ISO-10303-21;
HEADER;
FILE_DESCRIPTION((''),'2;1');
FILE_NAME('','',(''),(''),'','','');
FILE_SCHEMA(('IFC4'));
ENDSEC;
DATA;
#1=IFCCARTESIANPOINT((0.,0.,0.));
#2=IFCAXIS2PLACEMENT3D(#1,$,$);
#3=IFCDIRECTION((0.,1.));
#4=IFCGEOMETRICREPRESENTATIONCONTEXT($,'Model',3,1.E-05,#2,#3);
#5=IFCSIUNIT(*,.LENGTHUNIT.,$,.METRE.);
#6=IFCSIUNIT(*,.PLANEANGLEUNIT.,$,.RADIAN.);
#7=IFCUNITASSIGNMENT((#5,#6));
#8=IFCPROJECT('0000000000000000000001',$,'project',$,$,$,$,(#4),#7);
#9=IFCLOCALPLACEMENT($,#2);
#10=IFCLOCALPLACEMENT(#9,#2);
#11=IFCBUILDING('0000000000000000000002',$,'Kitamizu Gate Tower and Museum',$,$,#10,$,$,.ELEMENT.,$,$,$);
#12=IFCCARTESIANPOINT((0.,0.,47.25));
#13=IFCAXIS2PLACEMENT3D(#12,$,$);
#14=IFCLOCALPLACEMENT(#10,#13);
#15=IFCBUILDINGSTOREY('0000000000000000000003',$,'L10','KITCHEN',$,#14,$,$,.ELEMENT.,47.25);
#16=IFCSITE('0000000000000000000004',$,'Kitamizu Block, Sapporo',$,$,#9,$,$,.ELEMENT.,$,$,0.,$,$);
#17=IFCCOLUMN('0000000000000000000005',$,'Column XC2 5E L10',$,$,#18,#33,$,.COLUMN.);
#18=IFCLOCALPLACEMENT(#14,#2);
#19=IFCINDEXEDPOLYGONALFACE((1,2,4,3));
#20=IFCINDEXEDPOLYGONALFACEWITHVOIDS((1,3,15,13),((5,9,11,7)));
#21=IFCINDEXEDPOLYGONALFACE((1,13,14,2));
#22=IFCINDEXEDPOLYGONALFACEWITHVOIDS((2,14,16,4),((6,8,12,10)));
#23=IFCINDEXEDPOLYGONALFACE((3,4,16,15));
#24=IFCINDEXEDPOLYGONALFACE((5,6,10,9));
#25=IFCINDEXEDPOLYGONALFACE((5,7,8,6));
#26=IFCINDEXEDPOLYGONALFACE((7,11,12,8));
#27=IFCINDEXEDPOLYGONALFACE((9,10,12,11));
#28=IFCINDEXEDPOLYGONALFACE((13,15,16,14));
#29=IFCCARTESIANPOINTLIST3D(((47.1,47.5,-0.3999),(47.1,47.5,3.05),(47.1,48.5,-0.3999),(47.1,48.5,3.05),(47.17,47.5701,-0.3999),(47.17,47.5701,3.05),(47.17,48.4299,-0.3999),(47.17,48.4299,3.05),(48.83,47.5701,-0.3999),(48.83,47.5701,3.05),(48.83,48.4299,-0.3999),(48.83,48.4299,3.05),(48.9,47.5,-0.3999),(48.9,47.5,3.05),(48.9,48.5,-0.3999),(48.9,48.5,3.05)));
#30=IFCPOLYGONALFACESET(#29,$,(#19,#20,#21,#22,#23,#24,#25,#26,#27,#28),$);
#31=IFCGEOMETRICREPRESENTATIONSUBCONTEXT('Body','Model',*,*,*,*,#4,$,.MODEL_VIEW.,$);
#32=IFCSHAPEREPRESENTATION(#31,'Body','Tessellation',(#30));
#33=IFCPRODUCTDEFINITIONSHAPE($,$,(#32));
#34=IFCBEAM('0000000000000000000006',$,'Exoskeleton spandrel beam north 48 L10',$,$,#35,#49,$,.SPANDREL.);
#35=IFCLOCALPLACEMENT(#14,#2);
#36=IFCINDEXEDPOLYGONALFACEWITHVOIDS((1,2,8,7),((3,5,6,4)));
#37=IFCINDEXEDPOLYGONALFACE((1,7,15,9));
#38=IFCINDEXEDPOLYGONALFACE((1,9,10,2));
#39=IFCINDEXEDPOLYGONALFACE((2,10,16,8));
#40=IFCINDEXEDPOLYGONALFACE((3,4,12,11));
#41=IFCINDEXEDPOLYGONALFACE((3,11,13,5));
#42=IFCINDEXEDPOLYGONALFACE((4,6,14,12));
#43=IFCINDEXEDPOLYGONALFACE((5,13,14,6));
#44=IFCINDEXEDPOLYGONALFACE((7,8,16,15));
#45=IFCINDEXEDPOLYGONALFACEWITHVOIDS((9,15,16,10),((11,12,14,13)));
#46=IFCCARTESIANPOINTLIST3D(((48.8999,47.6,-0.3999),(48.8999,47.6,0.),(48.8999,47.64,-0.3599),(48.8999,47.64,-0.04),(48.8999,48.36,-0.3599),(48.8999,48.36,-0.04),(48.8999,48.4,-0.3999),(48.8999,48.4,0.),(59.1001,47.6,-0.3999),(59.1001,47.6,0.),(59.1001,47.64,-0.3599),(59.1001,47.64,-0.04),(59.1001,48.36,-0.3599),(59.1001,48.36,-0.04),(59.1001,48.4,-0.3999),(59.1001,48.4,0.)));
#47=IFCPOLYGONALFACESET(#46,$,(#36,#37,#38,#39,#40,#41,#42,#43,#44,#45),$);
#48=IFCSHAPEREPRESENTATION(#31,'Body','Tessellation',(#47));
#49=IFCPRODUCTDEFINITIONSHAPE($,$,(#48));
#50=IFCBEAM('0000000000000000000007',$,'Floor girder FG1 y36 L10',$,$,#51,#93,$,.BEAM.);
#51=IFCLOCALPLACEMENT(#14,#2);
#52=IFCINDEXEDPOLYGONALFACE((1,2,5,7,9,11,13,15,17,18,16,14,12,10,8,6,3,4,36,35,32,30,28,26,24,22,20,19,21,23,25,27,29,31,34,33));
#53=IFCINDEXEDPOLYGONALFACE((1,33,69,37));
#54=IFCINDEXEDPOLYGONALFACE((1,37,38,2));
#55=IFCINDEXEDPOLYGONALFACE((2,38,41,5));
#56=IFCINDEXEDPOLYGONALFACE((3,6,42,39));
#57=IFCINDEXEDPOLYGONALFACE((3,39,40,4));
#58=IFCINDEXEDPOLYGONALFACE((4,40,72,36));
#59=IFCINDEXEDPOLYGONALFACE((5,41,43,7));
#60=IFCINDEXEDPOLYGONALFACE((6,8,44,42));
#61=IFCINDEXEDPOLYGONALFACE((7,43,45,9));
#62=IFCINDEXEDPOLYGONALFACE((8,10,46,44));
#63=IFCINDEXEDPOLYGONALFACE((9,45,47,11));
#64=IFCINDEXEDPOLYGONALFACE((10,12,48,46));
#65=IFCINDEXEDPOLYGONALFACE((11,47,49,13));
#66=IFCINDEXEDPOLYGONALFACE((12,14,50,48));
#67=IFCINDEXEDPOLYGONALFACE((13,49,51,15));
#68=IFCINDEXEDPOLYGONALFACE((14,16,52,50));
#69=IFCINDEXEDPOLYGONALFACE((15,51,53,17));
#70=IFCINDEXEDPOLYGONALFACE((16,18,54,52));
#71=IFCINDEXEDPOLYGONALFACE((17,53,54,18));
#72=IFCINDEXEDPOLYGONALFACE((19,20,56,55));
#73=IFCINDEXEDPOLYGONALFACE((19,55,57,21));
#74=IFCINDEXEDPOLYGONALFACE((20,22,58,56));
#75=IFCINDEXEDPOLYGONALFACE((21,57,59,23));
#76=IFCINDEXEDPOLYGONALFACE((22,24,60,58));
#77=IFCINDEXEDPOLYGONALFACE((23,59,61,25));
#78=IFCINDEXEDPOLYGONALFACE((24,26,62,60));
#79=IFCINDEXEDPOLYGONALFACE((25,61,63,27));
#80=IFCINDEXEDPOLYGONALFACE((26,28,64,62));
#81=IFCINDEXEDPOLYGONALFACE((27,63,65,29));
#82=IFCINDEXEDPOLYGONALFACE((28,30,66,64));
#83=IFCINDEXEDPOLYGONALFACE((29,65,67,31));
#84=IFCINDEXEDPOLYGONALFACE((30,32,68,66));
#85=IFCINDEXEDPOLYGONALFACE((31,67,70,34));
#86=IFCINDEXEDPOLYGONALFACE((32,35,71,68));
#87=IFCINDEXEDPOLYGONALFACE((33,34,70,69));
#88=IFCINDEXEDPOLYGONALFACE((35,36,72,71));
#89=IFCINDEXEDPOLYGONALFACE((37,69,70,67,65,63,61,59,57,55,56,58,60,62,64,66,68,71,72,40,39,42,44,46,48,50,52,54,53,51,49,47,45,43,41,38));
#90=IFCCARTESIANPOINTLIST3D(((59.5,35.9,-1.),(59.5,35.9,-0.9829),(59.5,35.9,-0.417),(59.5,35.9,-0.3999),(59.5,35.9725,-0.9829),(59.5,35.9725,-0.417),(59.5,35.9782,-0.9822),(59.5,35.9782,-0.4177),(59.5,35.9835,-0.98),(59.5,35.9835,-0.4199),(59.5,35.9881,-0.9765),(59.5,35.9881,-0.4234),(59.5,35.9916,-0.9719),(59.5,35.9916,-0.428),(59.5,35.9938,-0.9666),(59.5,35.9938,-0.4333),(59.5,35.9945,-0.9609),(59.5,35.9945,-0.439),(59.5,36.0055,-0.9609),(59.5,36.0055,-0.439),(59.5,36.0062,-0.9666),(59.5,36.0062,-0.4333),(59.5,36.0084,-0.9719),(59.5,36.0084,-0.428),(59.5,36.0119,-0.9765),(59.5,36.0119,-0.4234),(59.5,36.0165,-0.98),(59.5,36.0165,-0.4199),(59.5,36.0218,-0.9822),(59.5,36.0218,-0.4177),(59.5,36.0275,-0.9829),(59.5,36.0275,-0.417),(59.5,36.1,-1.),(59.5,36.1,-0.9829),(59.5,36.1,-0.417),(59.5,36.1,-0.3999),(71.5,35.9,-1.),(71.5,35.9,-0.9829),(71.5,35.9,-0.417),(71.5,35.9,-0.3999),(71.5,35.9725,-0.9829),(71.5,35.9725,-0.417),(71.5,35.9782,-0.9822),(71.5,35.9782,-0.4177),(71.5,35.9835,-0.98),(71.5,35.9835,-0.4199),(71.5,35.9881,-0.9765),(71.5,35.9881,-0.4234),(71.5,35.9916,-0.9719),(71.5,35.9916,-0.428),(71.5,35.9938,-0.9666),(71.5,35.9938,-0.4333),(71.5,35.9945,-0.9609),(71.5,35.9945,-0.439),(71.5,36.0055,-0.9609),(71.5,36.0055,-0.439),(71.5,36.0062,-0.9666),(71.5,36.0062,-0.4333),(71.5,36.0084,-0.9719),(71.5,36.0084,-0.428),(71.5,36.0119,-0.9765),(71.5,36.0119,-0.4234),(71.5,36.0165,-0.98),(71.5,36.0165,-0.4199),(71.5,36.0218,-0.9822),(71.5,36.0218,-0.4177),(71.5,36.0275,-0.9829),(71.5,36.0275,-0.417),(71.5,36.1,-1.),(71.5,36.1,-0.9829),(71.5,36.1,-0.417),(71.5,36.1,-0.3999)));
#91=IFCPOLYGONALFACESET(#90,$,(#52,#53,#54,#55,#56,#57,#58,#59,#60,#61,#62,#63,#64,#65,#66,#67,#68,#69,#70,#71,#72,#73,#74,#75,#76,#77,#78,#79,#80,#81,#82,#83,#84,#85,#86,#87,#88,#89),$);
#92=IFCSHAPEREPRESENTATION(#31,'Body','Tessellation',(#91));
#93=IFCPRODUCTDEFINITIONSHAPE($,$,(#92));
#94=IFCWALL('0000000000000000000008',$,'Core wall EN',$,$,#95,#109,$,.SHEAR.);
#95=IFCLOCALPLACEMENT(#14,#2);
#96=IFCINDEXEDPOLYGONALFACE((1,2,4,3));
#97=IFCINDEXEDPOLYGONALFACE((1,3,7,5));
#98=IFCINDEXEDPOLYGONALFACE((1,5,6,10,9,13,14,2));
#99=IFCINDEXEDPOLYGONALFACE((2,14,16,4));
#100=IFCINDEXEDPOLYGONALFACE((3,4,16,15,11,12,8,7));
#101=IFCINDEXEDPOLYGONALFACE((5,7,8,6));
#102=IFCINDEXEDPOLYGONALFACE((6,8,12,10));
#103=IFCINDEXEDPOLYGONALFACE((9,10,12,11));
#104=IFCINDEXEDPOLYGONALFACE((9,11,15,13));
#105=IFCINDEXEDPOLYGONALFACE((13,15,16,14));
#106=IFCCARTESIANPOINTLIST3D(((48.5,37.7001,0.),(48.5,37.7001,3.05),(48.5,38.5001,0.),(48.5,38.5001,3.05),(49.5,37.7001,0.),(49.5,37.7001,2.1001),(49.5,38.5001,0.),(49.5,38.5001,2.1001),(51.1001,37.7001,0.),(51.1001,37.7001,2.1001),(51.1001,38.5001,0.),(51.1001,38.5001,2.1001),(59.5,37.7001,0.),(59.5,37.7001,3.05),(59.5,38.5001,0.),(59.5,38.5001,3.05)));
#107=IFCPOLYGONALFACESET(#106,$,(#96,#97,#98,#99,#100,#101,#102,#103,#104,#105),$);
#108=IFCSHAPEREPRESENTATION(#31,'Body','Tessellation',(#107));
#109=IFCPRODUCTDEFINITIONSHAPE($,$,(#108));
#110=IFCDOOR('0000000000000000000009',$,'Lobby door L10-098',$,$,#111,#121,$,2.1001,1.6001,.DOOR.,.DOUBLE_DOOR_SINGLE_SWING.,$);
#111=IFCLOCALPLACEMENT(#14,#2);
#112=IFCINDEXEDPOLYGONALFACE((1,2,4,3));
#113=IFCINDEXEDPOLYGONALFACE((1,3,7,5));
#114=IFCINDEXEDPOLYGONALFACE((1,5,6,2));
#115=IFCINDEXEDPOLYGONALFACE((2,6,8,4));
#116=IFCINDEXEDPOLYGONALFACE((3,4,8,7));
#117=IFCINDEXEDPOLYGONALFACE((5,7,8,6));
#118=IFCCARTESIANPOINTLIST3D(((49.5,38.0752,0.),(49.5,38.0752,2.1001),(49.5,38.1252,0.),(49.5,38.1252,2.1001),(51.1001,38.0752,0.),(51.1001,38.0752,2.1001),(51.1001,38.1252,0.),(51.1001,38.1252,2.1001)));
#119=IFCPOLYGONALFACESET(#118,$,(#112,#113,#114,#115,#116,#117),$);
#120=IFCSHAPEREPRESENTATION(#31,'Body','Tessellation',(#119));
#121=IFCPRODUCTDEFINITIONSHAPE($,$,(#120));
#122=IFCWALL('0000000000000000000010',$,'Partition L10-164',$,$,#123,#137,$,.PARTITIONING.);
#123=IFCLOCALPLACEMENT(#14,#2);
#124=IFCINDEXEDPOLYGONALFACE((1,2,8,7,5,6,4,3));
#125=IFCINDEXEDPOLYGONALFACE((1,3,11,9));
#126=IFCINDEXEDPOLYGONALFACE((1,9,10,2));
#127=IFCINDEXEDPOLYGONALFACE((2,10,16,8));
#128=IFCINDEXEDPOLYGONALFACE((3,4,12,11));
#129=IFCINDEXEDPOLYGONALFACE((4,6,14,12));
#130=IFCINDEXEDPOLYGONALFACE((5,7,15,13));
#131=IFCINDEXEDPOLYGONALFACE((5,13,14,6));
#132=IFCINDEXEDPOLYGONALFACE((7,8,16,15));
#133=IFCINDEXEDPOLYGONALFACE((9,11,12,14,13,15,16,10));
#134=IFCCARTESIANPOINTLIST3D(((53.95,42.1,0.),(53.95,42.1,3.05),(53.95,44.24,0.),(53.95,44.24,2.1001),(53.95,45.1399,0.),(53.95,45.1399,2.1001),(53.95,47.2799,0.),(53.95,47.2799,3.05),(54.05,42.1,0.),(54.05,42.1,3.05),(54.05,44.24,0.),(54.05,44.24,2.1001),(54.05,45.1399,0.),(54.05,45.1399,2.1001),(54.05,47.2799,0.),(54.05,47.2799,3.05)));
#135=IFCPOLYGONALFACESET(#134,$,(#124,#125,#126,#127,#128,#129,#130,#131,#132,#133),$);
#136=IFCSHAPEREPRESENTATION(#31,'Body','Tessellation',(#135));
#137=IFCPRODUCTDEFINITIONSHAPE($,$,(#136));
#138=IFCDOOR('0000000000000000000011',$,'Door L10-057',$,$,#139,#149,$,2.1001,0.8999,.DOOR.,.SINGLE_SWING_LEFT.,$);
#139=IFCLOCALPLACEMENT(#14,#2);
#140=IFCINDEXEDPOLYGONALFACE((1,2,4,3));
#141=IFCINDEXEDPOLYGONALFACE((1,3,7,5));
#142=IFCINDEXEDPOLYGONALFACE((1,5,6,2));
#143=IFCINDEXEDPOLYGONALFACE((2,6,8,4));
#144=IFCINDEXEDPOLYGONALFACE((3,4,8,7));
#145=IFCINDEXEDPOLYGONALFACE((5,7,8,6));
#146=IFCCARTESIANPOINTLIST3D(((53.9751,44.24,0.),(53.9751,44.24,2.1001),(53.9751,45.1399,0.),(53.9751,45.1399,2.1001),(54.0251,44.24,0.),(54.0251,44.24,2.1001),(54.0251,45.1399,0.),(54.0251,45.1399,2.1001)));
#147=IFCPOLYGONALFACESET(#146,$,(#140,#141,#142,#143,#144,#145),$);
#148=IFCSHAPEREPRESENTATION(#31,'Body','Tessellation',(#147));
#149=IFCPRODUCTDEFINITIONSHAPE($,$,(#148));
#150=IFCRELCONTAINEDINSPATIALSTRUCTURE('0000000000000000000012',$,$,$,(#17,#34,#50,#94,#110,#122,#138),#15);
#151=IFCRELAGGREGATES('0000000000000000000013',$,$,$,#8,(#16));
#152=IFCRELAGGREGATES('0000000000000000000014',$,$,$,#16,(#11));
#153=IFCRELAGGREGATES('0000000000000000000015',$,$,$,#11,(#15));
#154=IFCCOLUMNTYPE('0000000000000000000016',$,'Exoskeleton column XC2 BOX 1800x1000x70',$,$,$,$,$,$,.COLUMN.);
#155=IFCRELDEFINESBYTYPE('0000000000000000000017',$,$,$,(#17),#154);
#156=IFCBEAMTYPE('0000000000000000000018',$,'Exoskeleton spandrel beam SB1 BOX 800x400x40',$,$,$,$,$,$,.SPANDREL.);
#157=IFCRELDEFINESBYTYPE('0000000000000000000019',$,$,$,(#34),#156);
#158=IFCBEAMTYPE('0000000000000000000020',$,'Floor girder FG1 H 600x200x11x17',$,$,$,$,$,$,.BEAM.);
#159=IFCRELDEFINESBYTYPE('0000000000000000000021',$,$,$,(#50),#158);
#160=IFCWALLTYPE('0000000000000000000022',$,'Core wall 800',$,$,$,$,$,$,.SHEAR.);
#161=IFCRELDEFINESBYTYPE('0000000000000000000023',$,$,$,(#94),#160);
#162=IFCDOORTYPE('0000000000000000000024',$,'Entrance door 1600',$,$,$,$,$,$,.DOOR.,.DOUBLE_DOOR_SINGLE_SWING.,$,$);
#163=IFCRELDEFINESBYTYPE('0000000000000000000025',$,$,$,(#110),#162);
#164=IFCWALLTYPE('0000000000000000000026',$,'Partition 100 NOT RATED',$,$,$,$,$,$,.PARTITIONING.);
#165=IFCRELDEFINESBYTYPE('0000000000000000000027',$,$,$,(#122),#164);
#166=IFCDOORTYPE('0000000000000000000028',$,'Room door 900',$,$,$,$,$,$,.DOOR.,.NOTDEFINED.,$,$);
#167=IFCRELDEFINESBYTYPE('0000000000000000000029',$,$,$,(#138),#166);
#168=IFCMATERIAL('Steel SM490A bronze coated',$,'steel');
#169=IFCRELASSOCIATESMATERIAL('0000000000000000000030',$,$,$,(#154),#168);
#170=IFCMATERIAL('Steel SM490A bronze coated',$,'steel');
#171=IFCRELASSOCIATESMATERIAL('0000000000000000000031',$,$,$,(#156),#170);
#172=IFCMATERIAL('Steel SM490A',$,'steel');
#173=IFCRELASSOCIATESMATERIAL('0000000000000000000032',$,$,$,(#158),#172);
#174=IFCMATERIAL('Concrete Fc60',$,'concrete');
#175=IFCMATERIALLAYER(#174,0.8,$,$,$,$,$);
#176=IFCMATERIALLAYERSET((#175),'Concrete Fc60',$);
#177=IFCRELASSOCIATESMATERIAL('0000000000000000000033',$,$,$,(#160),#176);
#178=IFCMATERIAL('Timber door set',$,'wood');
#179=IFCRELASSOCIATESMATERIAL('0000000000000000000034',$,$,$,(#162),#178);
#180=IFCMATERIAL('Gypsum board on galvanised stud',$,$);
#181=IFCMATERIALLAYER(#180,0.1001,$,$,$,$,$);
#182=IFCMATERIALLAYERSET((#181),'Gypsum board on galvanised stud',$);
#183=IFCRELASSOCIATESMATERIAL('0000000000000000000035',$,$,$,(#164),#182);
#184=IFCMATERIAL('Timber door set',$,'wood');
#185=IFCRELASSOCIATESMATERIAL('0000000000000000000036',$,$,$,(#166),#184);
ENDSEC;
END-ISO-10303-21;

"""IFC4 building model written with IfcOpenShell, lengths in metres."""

from ifc_helpers import new_model, si_unit, direction, frame, frame_2d, origin, origin_2d, place, context, subcontext, project, spatial, rectangle, hollow_rectangle, i_section, extrude, material, layer, layer_set, material_profile, profile_set, type_object, element, fill, save


model = new_model("IFC4")

# Units and contexts
model_context = context("Model", 3, precision=1e-05, world=origin(), true_north=direction((0.0, 1.0)))
body_context = subcontext(model_context, "Body", "Model", "MODEL_VIEW")
ifc_project = project(units=[si_unit("LENGTHUNIT", "METRE"), si_unit("PLANEANGLEUNIT", "RADIAN")], contexts=[model_context])

# Site, building, storey
site_placement = place(None, origin())
site = spatial("IfcSite", under=ifc_project, at=site_placement, Name="Kitamizu Block, Sapporo", CompositionType="ELEMENT", RefElevation=0.0)
building_placement = place(site_placement, origin())
building = spatial("IfcBuilding", under=site, at=building_placement, Name="Kitamizu Gate Tower and Museum", CompositionType="ELEMENT")
storey_placement = place(building_placement, frame((0.0, 0.0, 47.25)))
storey = spatial("IfcBuildingStorey", under=building, at=storey_placement, Name="L10", Description="KITCHEN", CompositionType="ELEMENT", Elevation=47.25)

# Column
ifc_material_1 = material(Name="Steel SM490A bronze coated", Category="steel")
ifc_material_profile_1 = material_profile(ifc_material_1, hollow_rectangle(XDim=1.8, YDim=1.0, WallThickness=0.0701, at=origin_2d()), Name="BOX 1800x1000x70")
ifc_profile_set_1 = profile_set([ifc_material_profile_1], Name="Steel SM490A bronze coated")
column_type = type_object("IfcColumnType", Name="Exoskeleton column XC2 BOX 1800x1000x70", PredefinedType="COLUMN", material=ifc_profile_set_1)
column_placement = place(storey_placement, frame((48.0, 48.0, -0.3999), z_axis=(0.0, 0.0, 1.0), x_axis=(1.0, 0.0, 0.0)))
element("IfcColumn", 1, at=column_placement, inside=storey, type_object=column_type, Name="Column XC2 5E L10", PredefinedType="COLUMN", context=body_context, shape_type="SweptSolid", body=[
    extrude(hollow_rectangle(XDim=1.8, YDim=1.0, WallThickness=0.0701, at=origin_2d()), origin(), (0.0, 0.0, 1.0), 3.45),
])

# Beams
ifc_material_2 = material(Name="Steel SM490A bronze coated", Category="steel")
ifc_material_profile_2 = material_profile(ifc_material_2, hollow_rectangle(XDim=0.8, YDim=0.3999, WallThickness=0.04, at=origin_2d()), Name="BOX 800x400x40")
ifc_profile_set_2 = profile_set([ifc_material_profile_2], Name="Steel SM490A bronze coated")
beam_type_1 = type_object("IfcBeamType", Name="Exoskeleton spandrel beam SB1 BOX 800x400x40", PredefinedType="SPANDREL", material=ifc_profile_set_2)
beam_1_placement = place(storey_placement, frame((48.8999, 48.0, -0.2), z_axis=(1.0, 0.0, 0.0), x_axis=(0.0, 1.0, 0.0)))
element("IfcBeam", 2, at=beam_1_placement, inside=storey, type_object=beam_type_1, Name="Exoskeleton spandrel beam north 48 L10", PredefinedType="SPANDREL", context=body_context, shape_type="SweptSolid", body=[
    extrude(hollow_rectangle(XDim=0.8, YDim=0.3999, WallThickness=0.04, at=origin_2d()), origin(), (0.0, 0.0, 1.0), 10.2002),
])
ifc_material_3 = material(Name="Steel SM490A", Category="steel")
ifc_material_profile_3 = material_profile(ifc_material_3, i_section(OverallWidth=0.2, OverallDepth=0.6001, WebThickness=0.011, FlangeThickness=0.0171, FilletRadius=0.022, at=origin_2d()), Name="H-600x200x11x17")
ifc_profile_set_3 = profile_set([ifc_material_profile_3], Name="Steel SM490A")
beam_type_2 = type_object("IfcBeamType", Name="Floor girder FG1 H 600x200x11x17", PredefinedType="BEAM", material=ifc_profile_set_3)
beam_2_placement = place(storey_placement, frame((59.5, 36.0, -0.7), z_axis=(1.0, 0.0, 0.0), x_axis=(0.0, 1.0, 0.0)))
element("IfcBeam", 3, at=beam_2_placement, inside=storey, type_object=beam_type_2, Name="Floor girder FG1 y36 L10", PredefinedType="BEAM", context=body_context, shape_type="SweptSolid", body=[
    extrude(i_section(OverallWidth=0.2, OverallDepth=0.6001, WebThickness=0.011, FlangeThickness=0.0171, FilletRadius=0.022, at=origin_2d()), origin(), (0.0, 0.0, 1.0), 12.0),
])

# Walls, openings, doors
ifc_material_4 = material(Name="Concrete Fc60", Category="concrete")
ifc_layer_1 = layer(ifc_material_4, 0.8)
ifc_layer_set_1 = layer_set([ifc_layer_1], Name="Concrete Fc60")
wall_type_1 = type_object("IfcWallType", Name="Core wall 800", PredefinedType="SHEAR", material=ifc_layer_set_1)
wall_1_placement = place(storey_placement, frame((59.5, 38.1001, 0.0), z_axis=(0.0, 0.0, 1.0), x_axis=(-1.0, 0.0, 0.0)))
wall_1 = element("IfcWall", 4, at=wall_1_placement, inside=storey, type_object=wall_type_1, Name="Core wall EN", PredefinedType="SHEAR", context=body_context, shape_type="SweptSolid", body=[
    extrude(rectangle(XDim=11.0, YDim=0.8, at=frame_2d((5.5, 0.0))), origin(), (0.0, 0.0, 1.0), 3.05),
])
opening_1_placement = place(wall_1_placement, frame((8.3999, 0.0, 0.0)))
opening_1 = element("IfcOpeningElement", 5, at=opening_1_placement, cuts=wall_1, PredefinedType="OPENING", context=body_context, shape_type="SweptSolid", body=[
    extrude(rectangle(XDim=1.6001, YDim=2.1001, at=frame_2d((0.8, 1.05))), frame((0.0, 0.4102, 0.0), z_axis=(0.0, -1.0, 0.0), x_axis=(1.0, 0.0, 0.0)), (0.0, 0.0, 1.0), 0.8201),
])
ifc_material_5 = material(Name="Timber door set", Category="wood")
door_type_1 = type_object("IfcDoorType", Name="Entrance door 1600", OperationType="DOUBLE_DOOR_SINGLE_SWING", PredefinedType="DOOR", material=ifc_material_5)
door_1_placement = place(opening_1_placement, origin())
door_1 = element("IfcDoor", 6, at=door_1_placement, inside=storey, type_object=door_type_1, Name="Lobby door L10-098", OperationType="DOUBLE_DOOR_SINGLE_SWING", OverallHeight=2.1001, OverallWidth=1.6001, PredefinedType="DOOR", context=body_context, shape_type="SweptSolid", body=[
    extrude(rectangle(XDim=1.6001, YDim=2.1001, at=frame_2d((0.8, 1.05))), frame((0.0, 0.0249, 0.0), z_axis=(0.0, -1.0, 0.0), x_axis=(1.0, 0.0, 0.0)), (0.0, 0.0, 1.0), 0.05),
])
fill(opening_1, door_1)
ifc_material_6 = material(Name="Gypsum board on galvanised stud")
ifc_layer_2 = layer(ifc_material_6, 0.1001)
ifc_layer_set_2 = layer_set([ifc_layer_2], Name="Gypsum board on galvanised stud")
wall_type_2 = type_object("IfcWallType", Name="Partition 100 NOT RATED", PredefinedType="PARTITIONING", material=ifc_layer_set_2)
wall_2_placement = place(storey_placement, frame((54.0, 42.1001, 0.0), z_axis=(0.0, 0.0, 1.0), x_axis=(0.0, 1.0, 0.0)))
wall_2 = element("IfcWall", 7, at=wall_2_placement, inside=storey, type_object=wall_type_2, Name="Partition L10-164", PredefinedType="PARTITIONING", context=body_context, shape_type="SweptSolid", body=[
    extrude(rectangle(XDim=5.1799, YDim=0.1001, at=frame_2d((2.5898, 0.0))), origin(), (0.0, 0.0, 1.0), 3.05),
])
opening_2_placement = place(wall_2_placement, frame((2.1399, 0.0, 0.0)))
opening_2 = element("IfcOpeningElement", 8, at=opening_2_placement, cuts=wall_2, PredefinedType="OPENING", context=body_context, shape_type="SweptSolid", body=[
    extrude(rectangle(XDim=0.8999, YDim=2.1001, at=frame_2d((0.45, 1.05))), frame((0.0, 0.0601, 0.0), z_axis=(0.0, -1.0, 0.0), x_axis=(1.0, 0.0, 0.0)), (0.0, 0.0, 1.0), 0.1201),
])
ifc_material_7 = material(Name="Timber door set", Category="wood")
door_type_2 = type_object("IfcDoorType", Name="Room door 900", OperationType="NOTDEFINED", PredefinedType="DOOR", material=ifc_material_7)
door_2_placement = place(opening_2_placement, origin())
door_2 = element("IfcDoor", 9, at=door_2_placement, inside=storey, type_object=door_type_2, Name="Door L10-057", OperationType="SINGLE_SWING_LEFT", OverallHeight=2.1001, OverallWidth=0.8999, PredefinedType="DOOR", context=body_context, shape_type="SweptSolid", body=[
    extrude(rectangle(XDim=0.8999, YDim=2.1001, at=frame_2d((0.45, 1.05))), frame((0.0, 0.0249, 0.0), z_axis=(0.0, -1.0, 0.0), x_axis=(1.0, 0.0, 0.0)), (0.0, 0.0, 1.0), 0.05),
])
fill(opening_2, door_2)

save(model, "model.ifc")
